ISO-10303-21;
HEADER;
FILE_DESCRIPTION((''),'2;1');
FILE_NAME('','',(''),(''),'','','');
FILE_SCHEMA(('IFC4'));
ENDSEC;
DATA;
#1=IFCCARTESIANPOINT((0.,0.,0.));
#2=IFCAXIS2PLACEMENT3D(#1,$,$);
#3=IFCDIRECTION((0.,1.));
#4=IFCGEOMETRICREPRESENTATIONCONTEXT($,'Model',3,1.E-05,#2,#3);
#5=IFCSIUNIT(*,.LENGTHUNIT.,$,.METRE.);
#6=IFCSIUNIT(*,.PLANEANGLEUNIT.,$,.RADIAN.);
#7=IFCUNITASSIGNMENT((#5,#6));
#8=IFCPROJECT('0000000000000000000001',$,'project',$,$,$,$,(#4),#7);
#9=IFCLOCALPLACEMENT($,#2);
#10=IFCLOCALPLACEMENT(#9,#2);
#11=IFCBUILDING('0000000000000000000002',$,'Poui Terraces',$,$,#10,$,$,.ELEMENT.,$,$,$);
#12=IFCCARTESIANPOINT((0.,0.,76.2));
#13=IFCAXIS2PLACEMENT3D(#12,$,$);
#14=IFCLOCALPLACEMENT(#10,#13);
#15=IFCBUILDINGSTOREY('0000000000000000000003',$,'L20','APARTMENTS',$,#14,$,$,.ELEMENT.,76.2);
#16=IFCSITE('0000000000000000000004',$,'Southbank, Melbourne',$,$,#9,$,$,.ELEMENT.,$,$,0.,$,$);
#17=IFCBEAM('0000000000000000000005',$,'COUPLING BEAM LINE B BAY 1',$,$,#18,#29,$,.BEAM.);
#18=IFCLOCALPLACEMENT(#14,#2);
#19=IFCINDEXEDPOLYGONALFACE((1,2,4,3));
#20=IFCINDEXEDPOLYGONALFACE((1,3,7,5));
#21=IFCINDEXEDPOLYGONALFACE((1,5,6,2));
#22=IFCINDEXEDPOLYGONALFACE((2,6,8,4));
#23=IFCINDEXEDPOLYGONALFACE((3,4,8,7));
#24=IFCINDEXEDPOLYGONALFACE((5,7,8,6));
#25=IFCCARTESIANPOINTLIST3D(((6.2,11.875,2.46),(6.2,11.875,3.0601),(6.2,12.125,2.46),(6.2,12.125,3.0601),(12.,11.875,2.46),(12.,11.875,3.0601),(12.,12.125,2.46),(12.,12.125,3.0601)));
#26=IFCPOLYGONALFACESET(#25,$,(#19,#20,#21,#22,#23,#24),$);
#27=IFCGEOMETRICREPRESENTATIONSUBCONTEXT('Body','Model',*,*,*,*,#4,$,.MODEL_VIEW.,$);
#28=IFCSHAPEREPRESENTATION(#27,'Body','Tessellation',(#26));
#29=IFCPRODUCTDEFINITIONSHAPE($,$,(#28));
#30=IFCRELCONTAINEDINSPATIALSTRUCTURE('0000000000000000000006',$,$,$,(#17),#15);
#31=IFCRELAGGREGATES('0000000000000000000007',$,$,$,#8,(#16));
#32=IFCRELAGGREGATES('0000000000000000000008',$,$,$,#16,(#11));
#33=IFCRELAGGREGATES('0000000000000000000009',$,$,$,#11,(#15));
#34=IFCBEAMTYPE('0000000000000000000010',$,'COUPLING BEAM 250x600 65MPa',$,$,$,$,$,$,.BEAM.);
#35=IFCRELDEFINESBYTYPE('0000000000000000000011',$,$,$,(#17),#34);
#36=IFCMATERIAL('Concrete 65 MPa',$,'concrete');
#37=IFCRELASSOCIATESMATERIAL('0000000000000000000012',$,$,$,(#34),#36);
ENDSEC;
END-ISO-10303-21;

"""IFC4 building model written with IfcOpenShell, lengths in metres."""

from ifc_helpers import new_model, si_unit, direction, frame, origin, origin_2d, place, context, subcontext, project, spatial, rectangle, extrude, source, transform, mapped, material, material_profile, profile_set, type_object, element, save


model = new_model("IFC4")

# Units and contexts
model_context = context("Model", 3, precision=1e-05, world=origin(), true_north=direction((0.0, 1.0)))
body_context = subcontext(model_context, "Body", "Model", "MODEL_VIEW")
ifc_project = project(units=[si_unit("LENGTHUNIT", "METRE"), si_unit("PLANEANGLEUNIT", "RADIAN")], contexts=[model_context])

# Site, building, storey
site_placement = place(None, origin())
site = spatial("IfcSite", under=ifc_project, at=site_placement, Name="Southbank, Melbourne", CompositionType="ELEMENT", RefElevation=0.0)
building_placement = place(site_placement, origin())
building = spatial("IfcBuilding", under=site, at=building_placement, Name="Poui Terraces", CompositionType="ELEMENT")
storey_placement = place(building_placement, frame((0.0, 0.0, 76.2)))
storey = spatial("IfcBuildingStorey", under=building, at=storey_placement, Name="L20", Description="APARTMENTS", CompositionType="ELEMENT", Elevation=76.2)

# Beam
ifc_material_1 = material(Name="Concrete 65 MPa", Category="concrete")
ifc_material_profile = material_profile(ifc_material_1, rectangle(XDim=0.25, YDim=0.6001, at=origin_2d()), Name="RC 250x600")
ifc_profile_set = profile_set([ifc_material_profile], Name="Concrete 65 MPa")
beam_type = type_object("IfcBeamType", Name="COUPLING BEAM 250x600 65MPa", PredefinedType="BEAM", material=ifc_profile_set)
shared_shape = source(origin(), body_context, "Body", "SweptSolid", [
    extrude(rectangle(XDim=0.25, YDim=0.6001, at=origin_2d()), origin(), (0.0, 0.0, 1.0), 5.8),
])
beam_placement = place(storey_placement, frame((6.2, 12.0, 2.76), z_axis=(1.0, 0.0, 0.0), x_axis=(0.0, 1.0, 0.0)))
element("IfcBeam", 1, at=beam_placement, inside=storey, type_object=beam_type, Name="COUPLING BEAM LINE B BAY 1", PredefinedType="BEAM", context=body_context, shape_type="MappedRepresentation", body=[
    mapped(shared_shape, transform((0.0, 0.0, 0.0))),
])

save(model, "model.ifc")
